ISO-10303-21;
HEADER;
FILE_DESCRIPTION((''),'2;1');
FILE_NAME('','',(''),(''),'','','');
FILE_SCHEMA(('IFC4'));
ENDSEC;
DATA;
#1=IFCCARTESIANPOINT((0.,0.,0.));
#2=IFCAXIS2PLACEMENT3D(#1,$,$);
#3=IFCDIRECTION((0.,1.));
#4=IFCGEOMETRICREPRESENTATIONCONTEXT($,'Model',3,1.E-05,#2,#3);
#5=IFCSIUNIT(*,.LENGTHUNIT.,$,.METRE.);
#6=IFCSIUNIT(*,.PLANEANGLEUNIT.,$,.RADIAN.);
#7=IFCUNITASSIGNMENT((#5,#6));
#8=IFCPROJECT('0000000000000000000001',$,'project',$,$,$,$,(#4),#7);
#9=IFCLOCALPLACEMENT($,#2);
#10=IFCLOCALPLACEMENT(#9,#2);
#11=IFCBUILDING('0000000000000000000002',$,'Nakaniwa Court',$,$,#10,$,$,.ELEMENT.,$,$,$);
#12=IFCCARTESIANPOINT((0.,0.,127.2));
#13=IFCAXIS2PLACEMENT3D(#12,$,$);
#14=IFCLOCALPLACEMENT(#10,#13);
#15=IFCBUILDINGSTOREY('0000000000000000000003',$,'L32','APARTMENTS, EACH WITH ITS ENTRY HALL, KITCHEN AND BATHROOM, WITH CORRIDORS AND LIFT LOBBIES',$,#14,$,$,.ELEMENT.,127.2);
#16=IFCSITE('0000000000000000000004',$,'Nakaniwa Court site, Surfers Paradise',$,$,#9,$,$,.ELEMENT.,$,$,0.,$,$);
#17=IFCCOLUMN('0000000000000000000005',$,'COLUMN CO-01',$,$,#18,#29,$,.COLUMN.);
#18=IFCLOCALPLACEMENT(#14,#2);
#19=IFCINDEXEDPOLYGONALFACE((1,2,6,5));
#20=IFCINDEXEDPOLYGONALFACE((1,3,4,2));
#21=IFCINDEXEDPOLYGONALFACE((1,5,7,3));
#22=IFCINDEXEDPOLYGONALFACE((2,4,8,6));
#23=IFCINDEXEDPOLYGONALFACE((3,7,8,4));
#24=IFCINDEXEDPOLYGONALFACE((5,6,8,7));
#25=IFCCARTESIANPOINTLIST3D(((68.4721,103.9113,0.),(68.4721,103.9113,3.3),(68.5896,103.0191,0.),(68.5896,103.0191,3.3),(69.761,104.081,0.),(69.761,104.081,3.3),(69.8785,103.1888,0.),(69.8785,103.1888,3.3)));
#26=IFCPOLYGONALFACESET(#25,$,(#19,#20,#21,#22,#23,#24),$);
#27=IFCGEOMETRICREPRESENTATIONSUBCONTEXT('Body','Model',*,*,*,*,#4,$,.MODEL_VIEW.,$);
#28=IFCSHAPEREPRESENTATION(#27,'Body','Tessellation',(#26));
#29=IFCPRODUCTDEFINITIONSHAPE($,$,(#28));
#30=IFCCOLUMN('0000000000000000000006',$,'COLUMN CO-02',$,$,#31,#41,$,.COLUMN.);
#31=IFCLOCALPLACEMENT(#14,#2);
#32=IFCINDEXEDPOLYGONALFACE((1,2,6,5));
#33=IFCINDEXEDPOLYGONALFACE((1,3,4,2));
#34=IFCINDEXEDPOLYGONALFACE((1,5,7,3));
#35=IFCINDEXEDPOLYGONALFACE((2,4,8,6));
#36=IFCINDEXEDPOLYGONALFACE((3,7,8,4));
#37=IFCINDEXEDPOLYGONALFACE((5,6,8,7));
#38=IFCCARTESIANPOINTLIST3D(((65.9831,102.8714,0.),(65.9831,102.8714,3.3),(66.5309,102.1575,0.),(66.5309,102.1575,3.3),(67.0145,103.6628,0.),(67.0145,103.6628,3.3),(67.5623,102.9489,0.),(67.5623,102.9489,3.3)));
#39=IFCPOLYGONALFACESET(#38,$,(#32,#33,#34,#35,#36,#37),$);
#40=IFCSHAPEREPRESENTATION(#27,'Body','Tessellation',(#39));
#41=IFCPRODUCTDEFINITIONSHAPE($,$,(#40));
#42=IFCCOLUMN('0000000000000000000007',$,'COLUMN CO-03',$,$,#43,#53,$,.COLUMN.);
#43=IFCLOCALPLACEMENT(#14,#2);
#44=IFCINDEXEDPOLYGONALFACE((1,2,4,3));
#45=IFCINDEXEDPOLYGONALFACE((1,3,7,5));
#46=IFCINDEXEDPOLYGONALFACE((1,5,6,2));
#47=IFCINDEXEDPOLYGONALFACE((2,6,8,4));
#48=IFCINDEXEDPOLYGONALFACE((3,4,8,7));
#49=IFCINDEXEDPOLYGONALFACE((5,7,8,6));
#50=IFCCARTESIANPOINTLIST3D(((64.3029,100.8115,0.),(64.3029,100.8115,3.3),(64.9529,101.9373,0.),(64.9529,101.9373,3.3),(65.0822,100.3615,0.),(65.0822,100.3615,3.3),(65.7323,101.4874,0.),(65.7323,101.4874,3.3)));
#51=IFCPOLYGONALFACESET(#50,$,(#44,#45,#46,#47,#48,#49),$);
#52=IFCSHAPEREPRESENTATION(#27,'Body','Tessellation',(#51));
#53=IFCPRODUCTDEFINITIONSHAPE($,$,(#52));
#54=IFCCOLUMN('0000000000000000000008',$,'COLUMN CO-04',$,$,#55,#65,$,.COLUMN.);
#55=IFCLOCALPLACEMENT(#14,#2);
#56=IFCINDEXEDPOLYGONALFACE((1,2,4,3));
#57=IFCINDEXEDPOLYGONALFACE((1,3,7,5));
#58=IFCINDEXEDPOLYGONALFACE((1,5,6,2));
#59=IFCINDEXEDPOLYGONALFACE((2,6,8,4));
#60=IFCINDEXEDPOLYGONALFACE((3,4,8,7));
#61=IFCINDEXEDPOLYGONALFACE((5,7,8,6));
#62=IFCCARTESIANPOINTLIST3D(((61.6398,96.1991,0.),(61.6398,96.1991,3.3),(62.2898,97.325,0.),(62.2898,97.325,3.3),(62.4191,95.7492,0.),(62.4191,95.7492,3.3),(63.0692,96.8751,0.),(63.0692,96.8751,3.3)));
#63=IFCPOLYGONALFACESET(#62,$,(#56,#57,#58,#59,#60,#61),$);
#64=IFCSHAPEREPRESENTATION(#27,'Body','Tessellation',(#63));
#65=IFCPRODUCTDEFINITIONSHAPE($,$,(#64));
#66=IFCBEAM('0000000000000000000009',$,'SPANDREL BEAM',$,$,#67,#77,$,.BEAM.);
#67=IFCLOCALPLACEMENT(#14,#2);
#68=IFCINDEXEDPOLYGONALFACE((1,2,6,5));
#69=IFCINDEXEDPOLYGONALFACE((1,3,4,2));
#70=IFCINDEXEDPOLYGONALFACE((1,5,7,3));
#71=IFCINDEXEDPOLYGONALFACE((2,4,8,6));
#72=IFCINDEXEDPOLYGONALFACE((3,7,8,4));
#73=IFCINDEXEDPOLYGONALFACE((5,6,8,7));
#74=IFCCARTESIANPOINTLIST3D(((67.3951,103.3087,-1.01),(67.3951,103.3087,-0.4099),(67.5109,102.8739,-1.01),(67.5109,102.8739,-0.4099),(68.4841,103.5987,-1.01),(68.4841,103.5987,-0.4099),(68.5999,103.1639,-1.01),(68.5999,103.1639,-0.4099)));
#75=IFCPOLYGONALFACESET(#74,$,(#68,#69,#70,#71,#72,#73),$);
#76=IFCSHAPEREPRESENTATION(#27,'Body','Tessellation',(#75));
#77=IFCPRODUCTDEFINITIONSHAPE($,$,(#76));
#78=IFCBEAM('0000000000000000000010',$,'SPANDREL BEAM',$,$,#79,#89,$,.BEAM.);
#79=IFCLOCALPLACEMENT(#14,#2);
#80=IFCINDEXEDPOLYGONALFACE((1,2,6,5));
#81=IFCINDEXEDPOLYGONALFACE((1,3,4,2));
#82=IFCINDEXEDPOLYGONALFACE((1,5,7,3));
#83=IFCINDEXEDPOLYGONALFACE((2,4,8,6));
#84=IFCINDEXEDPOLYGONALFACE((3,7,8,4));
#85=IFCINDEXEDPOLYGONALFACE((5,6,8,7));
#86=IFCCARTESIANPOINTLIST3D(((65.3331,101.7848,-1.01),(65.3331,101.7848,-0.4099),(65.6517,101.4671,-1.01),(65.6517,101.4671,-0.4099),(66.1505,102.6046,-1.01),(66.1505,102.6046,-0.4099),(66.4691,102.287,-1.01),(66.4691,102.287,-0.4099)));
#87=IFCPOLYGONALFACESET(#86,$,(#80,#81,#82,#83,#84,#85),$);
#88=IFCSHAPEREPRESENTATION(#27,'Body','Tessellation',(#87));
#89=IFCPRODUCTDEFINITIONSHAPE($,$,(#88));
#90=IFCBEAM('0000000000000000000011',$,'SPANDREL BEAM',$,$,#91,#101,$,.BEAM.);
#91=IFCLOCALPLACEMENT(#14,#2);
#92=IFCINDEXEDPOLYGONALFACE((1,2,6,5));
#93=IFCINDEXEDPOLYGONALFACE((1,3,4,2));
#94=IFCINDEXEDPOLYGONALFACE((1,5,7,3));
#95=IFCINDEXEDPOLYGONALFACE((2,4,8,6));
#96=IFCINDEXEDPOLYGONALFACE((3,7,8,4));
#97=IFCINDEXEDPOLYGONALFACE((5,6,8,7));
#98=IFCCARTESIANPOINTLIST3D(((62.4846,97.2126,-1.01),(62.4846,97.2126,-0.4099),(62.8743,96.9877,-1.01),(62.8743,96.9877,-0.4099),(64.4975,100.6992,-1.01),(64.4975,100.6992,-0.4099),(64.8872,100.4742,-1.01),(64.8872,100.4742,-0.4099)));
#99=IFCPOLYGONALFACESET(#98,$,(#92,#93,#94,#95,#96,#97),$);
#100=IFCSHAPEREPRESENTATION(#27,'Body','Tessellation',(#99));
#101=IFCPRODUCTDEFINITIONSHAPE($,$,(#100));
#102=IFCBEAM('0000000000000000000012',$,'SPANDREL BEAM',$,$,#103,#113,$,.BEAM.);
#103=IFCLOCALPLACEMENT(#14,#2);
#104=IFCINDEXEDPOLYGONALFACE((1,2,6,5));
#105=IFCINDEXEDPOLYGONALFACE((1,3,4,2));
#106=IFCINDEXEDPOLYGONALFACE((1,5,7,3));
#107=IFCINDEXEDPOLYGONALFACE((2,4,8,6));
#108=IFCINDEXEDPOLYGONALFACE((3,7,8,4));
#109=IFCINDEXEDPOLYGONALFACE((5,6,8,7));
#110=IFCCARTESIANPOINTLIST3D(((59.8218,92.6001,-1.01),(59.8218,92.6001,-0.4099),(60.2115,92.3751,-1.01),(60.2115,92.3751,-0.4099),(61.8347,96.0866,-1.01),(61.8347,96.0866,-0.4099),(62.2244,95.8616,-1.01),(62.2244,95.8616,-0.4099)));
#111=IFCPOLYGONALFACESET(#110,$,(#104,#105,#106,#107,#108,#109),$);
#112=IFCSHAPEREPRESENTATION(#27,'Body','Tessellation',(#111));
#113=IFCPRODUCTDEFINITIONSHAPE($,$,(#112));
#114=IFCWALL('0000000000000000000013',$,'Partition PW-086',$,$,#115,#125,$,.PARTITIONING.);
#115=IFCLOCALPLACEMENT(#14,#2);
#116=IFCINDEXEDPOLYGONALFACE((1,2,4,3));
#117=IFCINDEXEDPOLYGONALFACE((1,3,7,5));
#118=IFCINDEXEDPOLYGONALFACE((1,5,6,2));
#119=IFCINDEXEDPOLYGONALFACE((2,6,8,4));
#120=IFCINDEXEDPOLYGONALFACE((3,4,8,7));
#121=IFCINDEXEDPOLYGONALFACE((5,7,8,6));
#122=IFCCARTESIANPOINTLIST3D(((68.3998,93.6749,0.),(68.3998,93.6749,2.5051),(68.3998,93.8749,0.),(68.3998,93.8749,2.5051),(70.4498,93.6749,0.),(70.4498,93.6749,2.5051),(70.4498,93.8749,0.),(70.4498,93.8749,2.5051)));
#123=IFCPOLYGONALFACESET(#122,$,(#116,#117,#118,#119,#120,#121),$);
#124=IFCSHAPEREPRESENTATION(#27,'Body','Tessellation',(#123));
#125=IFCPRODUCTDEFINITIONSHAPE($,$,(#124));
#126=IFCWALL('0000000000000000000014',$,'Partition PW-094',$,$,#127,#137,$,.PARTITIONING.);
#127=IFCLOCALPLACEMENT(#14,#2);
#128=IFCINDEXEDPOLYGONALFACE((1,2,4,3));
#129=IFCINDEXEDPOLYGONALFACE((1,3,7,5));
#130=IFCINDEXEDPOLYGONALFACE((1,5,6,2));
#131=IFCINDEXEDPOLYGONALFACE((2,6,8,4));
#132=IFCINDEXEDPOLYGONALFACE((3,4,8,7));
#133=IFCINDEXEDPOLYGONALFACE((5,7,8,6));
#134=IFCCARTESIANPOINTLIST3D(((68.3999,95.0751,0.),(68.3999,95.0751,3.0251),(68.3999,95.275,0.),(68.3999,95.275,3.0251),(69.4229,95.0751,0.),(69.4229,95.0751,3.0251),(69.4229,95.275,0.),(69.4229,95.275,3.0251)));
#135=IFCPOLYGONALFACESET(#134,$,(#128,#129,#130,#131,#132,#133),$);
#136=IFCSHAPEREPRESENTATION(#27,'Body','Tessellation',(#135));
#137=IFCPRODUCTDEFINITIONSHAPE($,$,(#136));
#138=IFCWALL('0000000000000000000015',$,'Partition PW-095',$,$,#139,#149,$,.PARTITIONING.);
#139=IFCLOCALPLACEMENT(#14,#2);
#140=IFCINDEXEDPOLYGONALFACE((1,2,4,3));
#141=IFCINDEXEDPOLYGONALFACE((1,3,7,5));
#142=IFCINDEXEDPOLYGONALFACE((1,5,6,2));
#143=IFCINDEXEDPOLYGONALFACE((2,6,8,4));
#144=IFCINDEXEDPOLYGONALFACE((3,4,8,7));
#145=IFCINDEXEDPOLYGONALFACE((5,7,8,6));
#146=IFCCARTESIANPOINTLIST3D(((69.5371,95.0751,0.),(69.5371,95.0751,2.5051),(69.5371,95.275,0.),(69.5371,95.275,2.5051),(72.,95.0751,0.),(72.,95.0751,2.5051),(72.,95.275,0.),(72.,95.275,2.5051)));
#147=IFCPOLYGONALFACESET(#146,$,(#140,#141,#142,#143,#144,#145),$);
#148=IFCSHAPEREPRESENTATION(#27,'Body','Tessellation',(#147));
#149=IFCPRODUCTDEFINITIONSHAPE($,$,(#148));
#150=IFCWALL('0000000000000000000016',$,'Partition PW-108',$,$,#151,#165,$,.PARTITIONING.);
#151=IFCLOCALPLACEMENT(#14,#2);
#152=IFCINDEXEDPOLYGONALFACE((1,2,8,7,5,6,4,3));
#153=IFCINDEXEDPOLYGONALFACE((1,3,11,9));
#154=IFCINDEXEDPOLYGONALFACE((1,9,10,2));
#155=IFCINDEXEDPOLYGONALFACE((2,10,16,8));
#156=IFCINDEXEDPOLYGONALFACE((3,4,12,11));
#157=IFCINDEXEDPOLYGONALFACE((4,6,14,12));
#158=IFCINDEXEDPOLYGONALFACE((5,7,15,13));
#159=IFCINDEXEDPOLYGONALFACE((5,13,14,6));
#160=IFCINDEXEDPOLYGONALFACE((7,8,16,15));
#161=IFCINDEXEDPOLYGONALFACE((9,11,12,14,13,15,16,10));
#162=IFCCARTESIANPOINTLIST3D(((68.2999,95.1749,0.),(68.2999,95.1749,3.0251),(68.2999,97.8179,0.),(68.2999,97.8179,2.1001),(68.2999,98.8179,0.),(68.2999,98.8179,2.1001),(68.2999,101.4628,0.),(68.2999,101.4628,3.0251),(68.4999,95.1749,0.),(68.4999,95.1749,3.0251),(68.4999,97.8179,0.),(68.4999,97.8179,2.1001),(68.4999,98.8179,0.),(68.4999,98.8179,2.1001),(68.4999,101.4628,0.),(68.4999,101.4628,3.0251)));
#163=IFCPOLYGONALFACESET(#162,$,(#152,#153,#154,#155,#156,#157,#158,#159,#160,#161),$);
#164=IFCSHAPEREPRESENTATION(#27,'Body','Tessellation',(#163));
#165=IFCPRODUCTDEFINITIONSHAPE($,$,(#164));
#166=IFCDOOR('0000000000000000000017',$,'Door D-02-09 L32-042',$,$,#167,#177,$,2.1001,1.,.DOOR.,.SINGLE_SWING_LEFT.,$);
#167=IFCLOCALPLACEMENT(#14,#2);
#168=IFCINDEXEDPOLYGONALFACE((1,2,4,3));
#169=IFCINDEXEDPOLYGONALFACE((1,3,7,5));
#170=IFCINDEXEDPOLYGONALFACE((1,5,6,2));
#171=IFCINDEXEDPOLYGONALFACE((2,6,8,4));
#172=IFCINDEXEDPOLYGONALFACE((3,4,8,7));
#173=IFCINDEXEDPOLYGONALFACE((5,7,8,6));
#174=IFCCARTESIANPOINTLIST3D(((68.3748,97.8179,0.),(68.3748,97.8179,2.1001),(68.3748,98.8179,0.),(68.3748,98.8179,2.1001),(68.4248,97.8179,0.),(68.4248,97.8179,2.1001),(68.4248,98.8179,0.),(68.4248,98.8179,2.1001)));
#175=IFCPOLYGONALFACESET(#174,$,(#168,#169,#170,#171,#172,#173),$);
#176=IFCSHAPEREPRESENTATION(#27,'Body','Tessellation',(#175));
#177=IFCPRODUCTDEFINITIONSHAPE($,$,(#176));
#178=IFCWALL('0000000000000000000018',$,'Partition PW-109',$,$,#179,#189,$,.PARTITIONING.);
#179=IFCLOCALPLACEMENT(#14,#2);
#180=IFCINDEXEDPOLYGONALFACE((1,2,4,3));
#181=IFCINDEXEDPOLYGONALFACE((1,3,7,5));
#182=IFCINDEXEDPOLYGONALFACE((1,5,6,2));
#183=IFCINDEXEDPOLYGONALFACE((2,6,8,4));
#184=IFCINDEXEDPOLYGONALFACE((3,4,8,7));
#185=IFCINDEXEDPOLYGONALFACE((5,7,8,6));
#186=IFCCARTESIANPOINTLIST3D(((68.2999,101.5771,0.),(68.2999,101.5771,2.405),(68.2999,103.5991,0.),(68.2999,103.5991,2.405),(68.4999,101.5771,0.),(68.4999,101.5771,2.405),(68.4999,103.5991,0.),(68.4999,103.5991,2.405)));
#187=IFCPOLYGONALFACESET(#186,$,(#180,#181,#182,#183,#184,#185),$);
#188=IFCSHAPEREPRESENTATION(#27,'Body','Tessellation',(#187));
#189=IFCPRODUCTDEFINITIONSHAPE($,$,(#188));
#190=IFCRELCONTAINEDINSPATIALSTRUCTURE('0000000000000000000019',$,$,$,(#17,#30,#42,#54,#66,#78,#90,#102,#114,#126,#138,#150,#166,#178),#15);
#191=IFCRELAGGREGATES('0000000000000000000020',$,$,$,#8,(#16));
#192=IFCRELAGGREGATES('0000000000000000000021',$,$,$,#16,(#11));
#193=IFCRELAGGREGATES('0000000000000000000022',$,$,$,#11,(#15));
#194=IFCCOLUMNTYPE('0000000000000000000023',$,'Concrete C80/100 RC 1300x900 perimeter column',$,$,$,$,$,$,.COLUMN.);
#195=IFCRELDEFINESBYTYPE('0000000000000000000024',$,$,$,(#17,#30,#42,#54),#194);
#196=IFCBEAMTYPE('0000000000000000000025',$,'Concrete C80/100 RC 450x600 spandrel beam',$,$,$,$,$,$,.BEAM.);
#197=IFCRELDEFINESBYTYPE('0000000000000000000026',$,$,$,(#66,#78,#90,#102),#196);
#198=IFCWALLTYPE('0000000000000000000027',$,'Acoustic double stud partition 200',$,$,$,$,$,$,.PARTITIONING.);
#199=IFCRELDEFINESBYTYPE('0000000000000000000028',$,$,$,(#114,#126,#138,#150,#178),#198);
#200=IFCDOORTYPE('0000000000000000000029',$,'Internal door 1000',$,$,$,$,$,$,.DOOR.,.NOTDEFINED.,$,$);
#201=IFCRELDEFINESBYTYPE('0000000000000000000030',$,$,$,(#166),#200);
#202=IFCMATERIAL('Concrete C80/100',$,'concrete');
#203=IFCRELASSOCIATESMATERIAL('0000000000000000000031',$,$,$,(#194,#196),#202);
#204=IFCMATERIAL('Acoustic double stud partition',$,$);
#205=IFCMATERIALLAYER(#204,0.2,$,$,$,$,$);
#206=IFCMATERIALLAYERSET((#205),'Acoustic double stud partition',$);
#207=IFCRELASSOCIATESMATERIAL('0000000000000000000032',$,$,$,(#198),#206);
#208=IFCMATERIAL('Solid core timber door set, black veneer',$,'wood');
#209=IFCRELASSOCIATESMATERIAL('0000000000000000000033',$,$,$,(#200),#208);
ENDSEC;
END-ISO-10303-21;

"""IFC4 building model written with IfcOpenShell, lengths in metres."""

from ifc_helpers import new_model, si_unit, direction, frame, frame_2d, origin, origin_2d, place, context, subcontext, project, spatial, rectangle, extrude, material, layer, layer_set, material_profile, profile_set, type_object, element, fill, save


model = new_model("IFC4")

# Units and contexts
model_context = context("Model", 3, precision=1e-05, world=origin(), true_north=direction((0.0, 1.0)))
body_context = subcontext(model_context, "Body", "Model", "MODEL_VIEW")
ifc_project = project(units=[si_unit("LENGTHUNIT", "METRE"), si_unit("PLANEANGLEUNIT", "RADIAN")], contexts=[model_context])

# Site, building, storey
site_placement = place(None, origin())
site = spatial("IfcSite", under=ifc_project, at=site_placement, Name="Nakaniwa Court site, Surfers Paradise", CompositionType="ELEMENT", RefElevation=0.0)
building_placement = place(site_placement, origin())
building = spatial("IfcBuilding", under=site, at=building_placement, Name="Nakaniwa Court", CompositionType="ELEMENT")
storey_placement = place(building_placement, frame((0.0, 0.0, 127.2)))
storey = spatial("IfcBuildingStorey", under=building, at=storey_placement, Name="L32", Description="APARTMENTS, EACH WITH ITS ENTRY HALL, KITCHEN AND BATHROOM, WITH CORRIDORS AND LIFT LOBBIES", CompositionType="ELEMENT", Elevation=127.2)

# Columns
ifc_material_1 = material(Name="Concrete C80/100", Category="concrete")
ifc_material_profile_1 = material_profile(ifc_material_1, rectangle(XDim=1.3, YDim=0.8999, at=origin_2d()), Name="Concrete C80/100 RC 1300x900 perimeter column")
ifc_profile_set_1 = profile_set([ifc_material_profile_1], Name="Concrete C80/100")
column_type = type_object("IfcColumnType", Name="Concrete C80/100 RC 1300x900 perimeter column", PredefinedType="COLUMN", material=ifc_profile_set_1)
for number, where, z_axis, x_axis, name in (
    (1, (69.1753, 103.55, 0.0), (0.0, 0.0, 1.0), (-0.991443, -0.130543, 0.0), "COLUMN CO-01"),
    (2, (66.7727, 102.9102, 0.0), (0.0, 0.0, 1.0), (-0.793364, -0.608748, 0.0), "COLUMN CO-02"),
    (3, (65.0176, 101.1494, 0.0), (0.0, 0.0, 1.0), (-0.5, -0.866025, 0.0), "COLUMN CO-03"),
    (4, (62.3545, 96.5371, 0.0), (0.0, 0.0, 1.0), (-0.5, -0.866025, 0.0), "COLUMN CO-04"),
):
    element("IfcColumn", number, at=place(storey_placement, frame(where, z_axis=z_axis, x_axis=x_axis)), inside=storey, type_object=column_type, Name=name, PredefinedType="COLUMN", context=body_context, shape_type="SweptSolid", body=[
        extrude(rectangle(XDim=1.3, YDim=0.8999, at=origin_2d()), origin(), (0.0, 0.0, 1.0), 3.3),
    ])

# Beams
ifc_material_profile_2 = material_profile(ifc_material_1, rectangle(XDim=0.45, YDim=0.6001, at=origin_2d()), Name="Concrete C80/100 RC 450x600 spandrel beam")
ifc_profile_set_2 = profile_set([ifc_material_profile_2], Name="Concrete C80/100")
beam_type = type_object("IfcBeamType", Name="Concrete C80/100 RC 450x600 spandrel beam", PredefinedType="BEAM", material=ifc_profile_set_2)
beam_1_placement = place(storey_placement, frame((68.542, 103.3813, -0.71), z_axis=(-0.966321, -0.257339, 0.0), x_axis=(0.257339, -0.966321, 0.0)))
element("IfcBeam", 5, at=beam_1_placement, inside=storey, type_object=beam_type, Name="SPANDREL BEAM", PredefinedType="BEAM", context=body_context, shape_type="SweptSolid", body=[
    extrude(rectangle(XDim=0.45, YDim=0.6001, at=origin_2d()), origin(), (0.0, 0.0, 1.0), 1.127),
])
beam_2_placement = place(storey_placement, frame((66.3098, 102.4458, -0.71), z_axis=(-0.706052, -0.70816, 0.0), x_axis=(0.70816, -0.706052, 0.0)))
element("IfcBeam", 6, at=beam_2_placement, inside=storey, type_object=beam_type, Name="SPANDREL BEAM", PredefinedType="BEAM", context=body_context, shape_type="SweptSolid", body=[
    extrude(rectangle(XDim=0.45, YDim=0.6001, at=origin_2d()), origin(), (0.0, 0.0, 1.0), 1.1577),
])
for number, where, z_axis, x_axis, name in (
    (7, (64.6924, 100.5867, -0.71), (-0.499994, -0.866029, 0.0), (0.866029, -0.499994, 0.0), "SPANDREL BEAM"),
    (8, (62.0295, 95.9741, -0.71), (-0.499994, -0.866029, 0.0), (0.866029, -0.499994, 0.0), "SPANDREL BEAM"),
):
    element("IfcBeam", number, at=place(storey_placement, frame(where, z_axis=z_axis, x_axis=x_axis)), inside=storey, type_object=beam_type, Name=name, PredefinedType="BEAM", context=body_context, shape_type="SweptSolid", body=[
        extrude(rectangle(XDim=0.45, YDim=0.6001, at=origin_2d()), origin(), (0.0, 0.0, 1.0), 4.0259),
    ])

# Walls
ifc_material_2 = material(Name="Acoustic double stud partition")
ifc_layer_1 = layer(ifc_material_2, 0.2)
ifc_layer_set_1 = layer_set([ifc_layer_1], Name="Acoustic double stud partition")
wall_type_1 = type_object("IfcWallType", Name="Acoustic double stud partition 200", PredefinedType="PARTITIONING", material=ifc_layer_set_1)
wall_1_placement = place(storey_placement, frame((68.3999, 93.7749, 0.0), z_axis=(0.0, 0.0, 1.0), x_axis=(1.0, 0.0, 0.0)))
element("IfcWall", 9, at=wall_1_placement, inside=storey, type_object=wall_type_1, Name="Partition PW-086", PredefinedType="PARTITIONING", context=body_context, shape_type="SweptSolid", body=[
    extrude(rectangle(XDim=2.05, YDim=0.2, at=frame_2d((1.0249, 0.0))), origin(), (0.0, 0.0, 1.0), 2.5051),
])
wall_2_placement = place(storey_placement, frame((68.3999, 95.175, 0.0), z_axis=(0.0, 0.0, 1.0), x_axis=(1.0, 0.0, 0.0)))
element("IfcWall", 10, at=wall_2_placement, inside=storey, type_object=wall_type_1, Name="Partition PW-094", PredefinedType="PARTITIONING", context=body_context, shape_type="SweptSolid", body=[
    extrude(rectangle(XDim=1.0229, YDim=0.2, at=frame_2d((0.5115, 0.0))), origin(), (0.0, 0.0, 1.0), 3.0251),
])
wall_3_placement = place(storey_placement, frame((69.5371, 95.175, 0.0), z_axis=(0.0, 0.0, 1.0), x_axis=(1.0, 0.0, 0.0)))
element("IfcWall", 11, at=wall_3_placement, inside=storey, type_object=wall_type_1, Name="Partition PW-095", PredefinedType="PARTITIONING", context=body_context, shape_type="SweptSolid", body=[
    extrude(rectangle(XDim=2.4629, YDim=0.2, at=frame_2d((1.2314, 0.0))), origin(), (0.0, 0.0, 1.0), 2.5051),
])

# Wall, opening, door
wall_4_placement = place(storey_placement, frame((68.3999, 101.4629, 0.0), z_axis=(0.0, 0.0, 1.0), x_axis=(0.0, -1.0, 0.0)))
wall_4 = element("IfcWall", 12, at=wall_4_placement, inside=storey, type_object=wall_type_1, Name="Partition PW-108", PredefinedType="PARTITIONING", context=body_context, shape_type="SweptSolid", body=[
    extrude(rectangle(XDim=6.2878, YDim=0.2, at=frame_2d((3.144, 0.0))), origin(), (0.0, 0.0, 1.0), 3.0251),
])
opening_1_placement = place(wall_4_placement, frame((2.645, 0.0, 0.0)))
opening_1 = element("IfcOpeningElement", 13, at=opening_1_placement, cuts=wall_4, PredefinedType="OPENING", context=body_context, shape_type="SweptSolid", body=[
    extrude(rectangle(XDim=1.0, YDim=2.1001, at=frame_2d((0.5, 1.05))), frame((0.0, 0.1099, 0.0), z_axis=(0.0, -1.0, 0.0), x_axis=(1.0, 0.0, 0.0)), (0.0, 0.0, 1.0), 0.22),
])
ifc_material_3 = material(Name="Solid core timber door set, black veneer", Category="wood")
door_type_1 = type_object("IfcDoorType", Name="Internal door 1000", OperationType="NOTDEFINED", PredefinedType="DOOR", material=ifc_material_3)
door_1_placement = place(opening_1_placement, origin())
door_1 = element("IfcDoor", 14, at=door_1_placement, inside=storey, type_object=door_type_1, Name="Door D-02-09 L32-042", OperationType="SINGLE_SWING_LEFT", OverallHeight=2.1001, OverallWidth=1.0, PredefinedType="DOOR", context=body_context, shape_type="SweptSolid", body=[
    extrude(rectangle(XDim=1.0, YDim=2.1001, at=frame_2d((0.5, 1.05))), frame((0.0, 0.0249, 0.0), z_axis=(0.0, -1.0, 0.0), x_axis=(1.0, 0.0, 0.0)), (0.0, 0.0, 1.0), 0.05),
])
fill(opening_1, door_1)

# Wall
wall_5_placement = place(storey_placement, frame((68.3999, 101.5771, 0.0), z_axis=(0.0, 0.0, 1.0), x_axis=(0.0, 1.0, 0.0)))
element("IfcWall", 15, at=wall_5_placement, inside=storey, type_object=wall_type_1, Name="Partition PW-109", PredefinedType="PARTITIONING", context=body_context, shape_type="SweptSolid", body=[
    extrude(rectangle(XDim=2.022, YDim=0.2, at=frame_2d((1.011, 0.0))), origin(), (0.0, 0.0, 1.0), 2.405),
])

save(model, "model.ifc")
